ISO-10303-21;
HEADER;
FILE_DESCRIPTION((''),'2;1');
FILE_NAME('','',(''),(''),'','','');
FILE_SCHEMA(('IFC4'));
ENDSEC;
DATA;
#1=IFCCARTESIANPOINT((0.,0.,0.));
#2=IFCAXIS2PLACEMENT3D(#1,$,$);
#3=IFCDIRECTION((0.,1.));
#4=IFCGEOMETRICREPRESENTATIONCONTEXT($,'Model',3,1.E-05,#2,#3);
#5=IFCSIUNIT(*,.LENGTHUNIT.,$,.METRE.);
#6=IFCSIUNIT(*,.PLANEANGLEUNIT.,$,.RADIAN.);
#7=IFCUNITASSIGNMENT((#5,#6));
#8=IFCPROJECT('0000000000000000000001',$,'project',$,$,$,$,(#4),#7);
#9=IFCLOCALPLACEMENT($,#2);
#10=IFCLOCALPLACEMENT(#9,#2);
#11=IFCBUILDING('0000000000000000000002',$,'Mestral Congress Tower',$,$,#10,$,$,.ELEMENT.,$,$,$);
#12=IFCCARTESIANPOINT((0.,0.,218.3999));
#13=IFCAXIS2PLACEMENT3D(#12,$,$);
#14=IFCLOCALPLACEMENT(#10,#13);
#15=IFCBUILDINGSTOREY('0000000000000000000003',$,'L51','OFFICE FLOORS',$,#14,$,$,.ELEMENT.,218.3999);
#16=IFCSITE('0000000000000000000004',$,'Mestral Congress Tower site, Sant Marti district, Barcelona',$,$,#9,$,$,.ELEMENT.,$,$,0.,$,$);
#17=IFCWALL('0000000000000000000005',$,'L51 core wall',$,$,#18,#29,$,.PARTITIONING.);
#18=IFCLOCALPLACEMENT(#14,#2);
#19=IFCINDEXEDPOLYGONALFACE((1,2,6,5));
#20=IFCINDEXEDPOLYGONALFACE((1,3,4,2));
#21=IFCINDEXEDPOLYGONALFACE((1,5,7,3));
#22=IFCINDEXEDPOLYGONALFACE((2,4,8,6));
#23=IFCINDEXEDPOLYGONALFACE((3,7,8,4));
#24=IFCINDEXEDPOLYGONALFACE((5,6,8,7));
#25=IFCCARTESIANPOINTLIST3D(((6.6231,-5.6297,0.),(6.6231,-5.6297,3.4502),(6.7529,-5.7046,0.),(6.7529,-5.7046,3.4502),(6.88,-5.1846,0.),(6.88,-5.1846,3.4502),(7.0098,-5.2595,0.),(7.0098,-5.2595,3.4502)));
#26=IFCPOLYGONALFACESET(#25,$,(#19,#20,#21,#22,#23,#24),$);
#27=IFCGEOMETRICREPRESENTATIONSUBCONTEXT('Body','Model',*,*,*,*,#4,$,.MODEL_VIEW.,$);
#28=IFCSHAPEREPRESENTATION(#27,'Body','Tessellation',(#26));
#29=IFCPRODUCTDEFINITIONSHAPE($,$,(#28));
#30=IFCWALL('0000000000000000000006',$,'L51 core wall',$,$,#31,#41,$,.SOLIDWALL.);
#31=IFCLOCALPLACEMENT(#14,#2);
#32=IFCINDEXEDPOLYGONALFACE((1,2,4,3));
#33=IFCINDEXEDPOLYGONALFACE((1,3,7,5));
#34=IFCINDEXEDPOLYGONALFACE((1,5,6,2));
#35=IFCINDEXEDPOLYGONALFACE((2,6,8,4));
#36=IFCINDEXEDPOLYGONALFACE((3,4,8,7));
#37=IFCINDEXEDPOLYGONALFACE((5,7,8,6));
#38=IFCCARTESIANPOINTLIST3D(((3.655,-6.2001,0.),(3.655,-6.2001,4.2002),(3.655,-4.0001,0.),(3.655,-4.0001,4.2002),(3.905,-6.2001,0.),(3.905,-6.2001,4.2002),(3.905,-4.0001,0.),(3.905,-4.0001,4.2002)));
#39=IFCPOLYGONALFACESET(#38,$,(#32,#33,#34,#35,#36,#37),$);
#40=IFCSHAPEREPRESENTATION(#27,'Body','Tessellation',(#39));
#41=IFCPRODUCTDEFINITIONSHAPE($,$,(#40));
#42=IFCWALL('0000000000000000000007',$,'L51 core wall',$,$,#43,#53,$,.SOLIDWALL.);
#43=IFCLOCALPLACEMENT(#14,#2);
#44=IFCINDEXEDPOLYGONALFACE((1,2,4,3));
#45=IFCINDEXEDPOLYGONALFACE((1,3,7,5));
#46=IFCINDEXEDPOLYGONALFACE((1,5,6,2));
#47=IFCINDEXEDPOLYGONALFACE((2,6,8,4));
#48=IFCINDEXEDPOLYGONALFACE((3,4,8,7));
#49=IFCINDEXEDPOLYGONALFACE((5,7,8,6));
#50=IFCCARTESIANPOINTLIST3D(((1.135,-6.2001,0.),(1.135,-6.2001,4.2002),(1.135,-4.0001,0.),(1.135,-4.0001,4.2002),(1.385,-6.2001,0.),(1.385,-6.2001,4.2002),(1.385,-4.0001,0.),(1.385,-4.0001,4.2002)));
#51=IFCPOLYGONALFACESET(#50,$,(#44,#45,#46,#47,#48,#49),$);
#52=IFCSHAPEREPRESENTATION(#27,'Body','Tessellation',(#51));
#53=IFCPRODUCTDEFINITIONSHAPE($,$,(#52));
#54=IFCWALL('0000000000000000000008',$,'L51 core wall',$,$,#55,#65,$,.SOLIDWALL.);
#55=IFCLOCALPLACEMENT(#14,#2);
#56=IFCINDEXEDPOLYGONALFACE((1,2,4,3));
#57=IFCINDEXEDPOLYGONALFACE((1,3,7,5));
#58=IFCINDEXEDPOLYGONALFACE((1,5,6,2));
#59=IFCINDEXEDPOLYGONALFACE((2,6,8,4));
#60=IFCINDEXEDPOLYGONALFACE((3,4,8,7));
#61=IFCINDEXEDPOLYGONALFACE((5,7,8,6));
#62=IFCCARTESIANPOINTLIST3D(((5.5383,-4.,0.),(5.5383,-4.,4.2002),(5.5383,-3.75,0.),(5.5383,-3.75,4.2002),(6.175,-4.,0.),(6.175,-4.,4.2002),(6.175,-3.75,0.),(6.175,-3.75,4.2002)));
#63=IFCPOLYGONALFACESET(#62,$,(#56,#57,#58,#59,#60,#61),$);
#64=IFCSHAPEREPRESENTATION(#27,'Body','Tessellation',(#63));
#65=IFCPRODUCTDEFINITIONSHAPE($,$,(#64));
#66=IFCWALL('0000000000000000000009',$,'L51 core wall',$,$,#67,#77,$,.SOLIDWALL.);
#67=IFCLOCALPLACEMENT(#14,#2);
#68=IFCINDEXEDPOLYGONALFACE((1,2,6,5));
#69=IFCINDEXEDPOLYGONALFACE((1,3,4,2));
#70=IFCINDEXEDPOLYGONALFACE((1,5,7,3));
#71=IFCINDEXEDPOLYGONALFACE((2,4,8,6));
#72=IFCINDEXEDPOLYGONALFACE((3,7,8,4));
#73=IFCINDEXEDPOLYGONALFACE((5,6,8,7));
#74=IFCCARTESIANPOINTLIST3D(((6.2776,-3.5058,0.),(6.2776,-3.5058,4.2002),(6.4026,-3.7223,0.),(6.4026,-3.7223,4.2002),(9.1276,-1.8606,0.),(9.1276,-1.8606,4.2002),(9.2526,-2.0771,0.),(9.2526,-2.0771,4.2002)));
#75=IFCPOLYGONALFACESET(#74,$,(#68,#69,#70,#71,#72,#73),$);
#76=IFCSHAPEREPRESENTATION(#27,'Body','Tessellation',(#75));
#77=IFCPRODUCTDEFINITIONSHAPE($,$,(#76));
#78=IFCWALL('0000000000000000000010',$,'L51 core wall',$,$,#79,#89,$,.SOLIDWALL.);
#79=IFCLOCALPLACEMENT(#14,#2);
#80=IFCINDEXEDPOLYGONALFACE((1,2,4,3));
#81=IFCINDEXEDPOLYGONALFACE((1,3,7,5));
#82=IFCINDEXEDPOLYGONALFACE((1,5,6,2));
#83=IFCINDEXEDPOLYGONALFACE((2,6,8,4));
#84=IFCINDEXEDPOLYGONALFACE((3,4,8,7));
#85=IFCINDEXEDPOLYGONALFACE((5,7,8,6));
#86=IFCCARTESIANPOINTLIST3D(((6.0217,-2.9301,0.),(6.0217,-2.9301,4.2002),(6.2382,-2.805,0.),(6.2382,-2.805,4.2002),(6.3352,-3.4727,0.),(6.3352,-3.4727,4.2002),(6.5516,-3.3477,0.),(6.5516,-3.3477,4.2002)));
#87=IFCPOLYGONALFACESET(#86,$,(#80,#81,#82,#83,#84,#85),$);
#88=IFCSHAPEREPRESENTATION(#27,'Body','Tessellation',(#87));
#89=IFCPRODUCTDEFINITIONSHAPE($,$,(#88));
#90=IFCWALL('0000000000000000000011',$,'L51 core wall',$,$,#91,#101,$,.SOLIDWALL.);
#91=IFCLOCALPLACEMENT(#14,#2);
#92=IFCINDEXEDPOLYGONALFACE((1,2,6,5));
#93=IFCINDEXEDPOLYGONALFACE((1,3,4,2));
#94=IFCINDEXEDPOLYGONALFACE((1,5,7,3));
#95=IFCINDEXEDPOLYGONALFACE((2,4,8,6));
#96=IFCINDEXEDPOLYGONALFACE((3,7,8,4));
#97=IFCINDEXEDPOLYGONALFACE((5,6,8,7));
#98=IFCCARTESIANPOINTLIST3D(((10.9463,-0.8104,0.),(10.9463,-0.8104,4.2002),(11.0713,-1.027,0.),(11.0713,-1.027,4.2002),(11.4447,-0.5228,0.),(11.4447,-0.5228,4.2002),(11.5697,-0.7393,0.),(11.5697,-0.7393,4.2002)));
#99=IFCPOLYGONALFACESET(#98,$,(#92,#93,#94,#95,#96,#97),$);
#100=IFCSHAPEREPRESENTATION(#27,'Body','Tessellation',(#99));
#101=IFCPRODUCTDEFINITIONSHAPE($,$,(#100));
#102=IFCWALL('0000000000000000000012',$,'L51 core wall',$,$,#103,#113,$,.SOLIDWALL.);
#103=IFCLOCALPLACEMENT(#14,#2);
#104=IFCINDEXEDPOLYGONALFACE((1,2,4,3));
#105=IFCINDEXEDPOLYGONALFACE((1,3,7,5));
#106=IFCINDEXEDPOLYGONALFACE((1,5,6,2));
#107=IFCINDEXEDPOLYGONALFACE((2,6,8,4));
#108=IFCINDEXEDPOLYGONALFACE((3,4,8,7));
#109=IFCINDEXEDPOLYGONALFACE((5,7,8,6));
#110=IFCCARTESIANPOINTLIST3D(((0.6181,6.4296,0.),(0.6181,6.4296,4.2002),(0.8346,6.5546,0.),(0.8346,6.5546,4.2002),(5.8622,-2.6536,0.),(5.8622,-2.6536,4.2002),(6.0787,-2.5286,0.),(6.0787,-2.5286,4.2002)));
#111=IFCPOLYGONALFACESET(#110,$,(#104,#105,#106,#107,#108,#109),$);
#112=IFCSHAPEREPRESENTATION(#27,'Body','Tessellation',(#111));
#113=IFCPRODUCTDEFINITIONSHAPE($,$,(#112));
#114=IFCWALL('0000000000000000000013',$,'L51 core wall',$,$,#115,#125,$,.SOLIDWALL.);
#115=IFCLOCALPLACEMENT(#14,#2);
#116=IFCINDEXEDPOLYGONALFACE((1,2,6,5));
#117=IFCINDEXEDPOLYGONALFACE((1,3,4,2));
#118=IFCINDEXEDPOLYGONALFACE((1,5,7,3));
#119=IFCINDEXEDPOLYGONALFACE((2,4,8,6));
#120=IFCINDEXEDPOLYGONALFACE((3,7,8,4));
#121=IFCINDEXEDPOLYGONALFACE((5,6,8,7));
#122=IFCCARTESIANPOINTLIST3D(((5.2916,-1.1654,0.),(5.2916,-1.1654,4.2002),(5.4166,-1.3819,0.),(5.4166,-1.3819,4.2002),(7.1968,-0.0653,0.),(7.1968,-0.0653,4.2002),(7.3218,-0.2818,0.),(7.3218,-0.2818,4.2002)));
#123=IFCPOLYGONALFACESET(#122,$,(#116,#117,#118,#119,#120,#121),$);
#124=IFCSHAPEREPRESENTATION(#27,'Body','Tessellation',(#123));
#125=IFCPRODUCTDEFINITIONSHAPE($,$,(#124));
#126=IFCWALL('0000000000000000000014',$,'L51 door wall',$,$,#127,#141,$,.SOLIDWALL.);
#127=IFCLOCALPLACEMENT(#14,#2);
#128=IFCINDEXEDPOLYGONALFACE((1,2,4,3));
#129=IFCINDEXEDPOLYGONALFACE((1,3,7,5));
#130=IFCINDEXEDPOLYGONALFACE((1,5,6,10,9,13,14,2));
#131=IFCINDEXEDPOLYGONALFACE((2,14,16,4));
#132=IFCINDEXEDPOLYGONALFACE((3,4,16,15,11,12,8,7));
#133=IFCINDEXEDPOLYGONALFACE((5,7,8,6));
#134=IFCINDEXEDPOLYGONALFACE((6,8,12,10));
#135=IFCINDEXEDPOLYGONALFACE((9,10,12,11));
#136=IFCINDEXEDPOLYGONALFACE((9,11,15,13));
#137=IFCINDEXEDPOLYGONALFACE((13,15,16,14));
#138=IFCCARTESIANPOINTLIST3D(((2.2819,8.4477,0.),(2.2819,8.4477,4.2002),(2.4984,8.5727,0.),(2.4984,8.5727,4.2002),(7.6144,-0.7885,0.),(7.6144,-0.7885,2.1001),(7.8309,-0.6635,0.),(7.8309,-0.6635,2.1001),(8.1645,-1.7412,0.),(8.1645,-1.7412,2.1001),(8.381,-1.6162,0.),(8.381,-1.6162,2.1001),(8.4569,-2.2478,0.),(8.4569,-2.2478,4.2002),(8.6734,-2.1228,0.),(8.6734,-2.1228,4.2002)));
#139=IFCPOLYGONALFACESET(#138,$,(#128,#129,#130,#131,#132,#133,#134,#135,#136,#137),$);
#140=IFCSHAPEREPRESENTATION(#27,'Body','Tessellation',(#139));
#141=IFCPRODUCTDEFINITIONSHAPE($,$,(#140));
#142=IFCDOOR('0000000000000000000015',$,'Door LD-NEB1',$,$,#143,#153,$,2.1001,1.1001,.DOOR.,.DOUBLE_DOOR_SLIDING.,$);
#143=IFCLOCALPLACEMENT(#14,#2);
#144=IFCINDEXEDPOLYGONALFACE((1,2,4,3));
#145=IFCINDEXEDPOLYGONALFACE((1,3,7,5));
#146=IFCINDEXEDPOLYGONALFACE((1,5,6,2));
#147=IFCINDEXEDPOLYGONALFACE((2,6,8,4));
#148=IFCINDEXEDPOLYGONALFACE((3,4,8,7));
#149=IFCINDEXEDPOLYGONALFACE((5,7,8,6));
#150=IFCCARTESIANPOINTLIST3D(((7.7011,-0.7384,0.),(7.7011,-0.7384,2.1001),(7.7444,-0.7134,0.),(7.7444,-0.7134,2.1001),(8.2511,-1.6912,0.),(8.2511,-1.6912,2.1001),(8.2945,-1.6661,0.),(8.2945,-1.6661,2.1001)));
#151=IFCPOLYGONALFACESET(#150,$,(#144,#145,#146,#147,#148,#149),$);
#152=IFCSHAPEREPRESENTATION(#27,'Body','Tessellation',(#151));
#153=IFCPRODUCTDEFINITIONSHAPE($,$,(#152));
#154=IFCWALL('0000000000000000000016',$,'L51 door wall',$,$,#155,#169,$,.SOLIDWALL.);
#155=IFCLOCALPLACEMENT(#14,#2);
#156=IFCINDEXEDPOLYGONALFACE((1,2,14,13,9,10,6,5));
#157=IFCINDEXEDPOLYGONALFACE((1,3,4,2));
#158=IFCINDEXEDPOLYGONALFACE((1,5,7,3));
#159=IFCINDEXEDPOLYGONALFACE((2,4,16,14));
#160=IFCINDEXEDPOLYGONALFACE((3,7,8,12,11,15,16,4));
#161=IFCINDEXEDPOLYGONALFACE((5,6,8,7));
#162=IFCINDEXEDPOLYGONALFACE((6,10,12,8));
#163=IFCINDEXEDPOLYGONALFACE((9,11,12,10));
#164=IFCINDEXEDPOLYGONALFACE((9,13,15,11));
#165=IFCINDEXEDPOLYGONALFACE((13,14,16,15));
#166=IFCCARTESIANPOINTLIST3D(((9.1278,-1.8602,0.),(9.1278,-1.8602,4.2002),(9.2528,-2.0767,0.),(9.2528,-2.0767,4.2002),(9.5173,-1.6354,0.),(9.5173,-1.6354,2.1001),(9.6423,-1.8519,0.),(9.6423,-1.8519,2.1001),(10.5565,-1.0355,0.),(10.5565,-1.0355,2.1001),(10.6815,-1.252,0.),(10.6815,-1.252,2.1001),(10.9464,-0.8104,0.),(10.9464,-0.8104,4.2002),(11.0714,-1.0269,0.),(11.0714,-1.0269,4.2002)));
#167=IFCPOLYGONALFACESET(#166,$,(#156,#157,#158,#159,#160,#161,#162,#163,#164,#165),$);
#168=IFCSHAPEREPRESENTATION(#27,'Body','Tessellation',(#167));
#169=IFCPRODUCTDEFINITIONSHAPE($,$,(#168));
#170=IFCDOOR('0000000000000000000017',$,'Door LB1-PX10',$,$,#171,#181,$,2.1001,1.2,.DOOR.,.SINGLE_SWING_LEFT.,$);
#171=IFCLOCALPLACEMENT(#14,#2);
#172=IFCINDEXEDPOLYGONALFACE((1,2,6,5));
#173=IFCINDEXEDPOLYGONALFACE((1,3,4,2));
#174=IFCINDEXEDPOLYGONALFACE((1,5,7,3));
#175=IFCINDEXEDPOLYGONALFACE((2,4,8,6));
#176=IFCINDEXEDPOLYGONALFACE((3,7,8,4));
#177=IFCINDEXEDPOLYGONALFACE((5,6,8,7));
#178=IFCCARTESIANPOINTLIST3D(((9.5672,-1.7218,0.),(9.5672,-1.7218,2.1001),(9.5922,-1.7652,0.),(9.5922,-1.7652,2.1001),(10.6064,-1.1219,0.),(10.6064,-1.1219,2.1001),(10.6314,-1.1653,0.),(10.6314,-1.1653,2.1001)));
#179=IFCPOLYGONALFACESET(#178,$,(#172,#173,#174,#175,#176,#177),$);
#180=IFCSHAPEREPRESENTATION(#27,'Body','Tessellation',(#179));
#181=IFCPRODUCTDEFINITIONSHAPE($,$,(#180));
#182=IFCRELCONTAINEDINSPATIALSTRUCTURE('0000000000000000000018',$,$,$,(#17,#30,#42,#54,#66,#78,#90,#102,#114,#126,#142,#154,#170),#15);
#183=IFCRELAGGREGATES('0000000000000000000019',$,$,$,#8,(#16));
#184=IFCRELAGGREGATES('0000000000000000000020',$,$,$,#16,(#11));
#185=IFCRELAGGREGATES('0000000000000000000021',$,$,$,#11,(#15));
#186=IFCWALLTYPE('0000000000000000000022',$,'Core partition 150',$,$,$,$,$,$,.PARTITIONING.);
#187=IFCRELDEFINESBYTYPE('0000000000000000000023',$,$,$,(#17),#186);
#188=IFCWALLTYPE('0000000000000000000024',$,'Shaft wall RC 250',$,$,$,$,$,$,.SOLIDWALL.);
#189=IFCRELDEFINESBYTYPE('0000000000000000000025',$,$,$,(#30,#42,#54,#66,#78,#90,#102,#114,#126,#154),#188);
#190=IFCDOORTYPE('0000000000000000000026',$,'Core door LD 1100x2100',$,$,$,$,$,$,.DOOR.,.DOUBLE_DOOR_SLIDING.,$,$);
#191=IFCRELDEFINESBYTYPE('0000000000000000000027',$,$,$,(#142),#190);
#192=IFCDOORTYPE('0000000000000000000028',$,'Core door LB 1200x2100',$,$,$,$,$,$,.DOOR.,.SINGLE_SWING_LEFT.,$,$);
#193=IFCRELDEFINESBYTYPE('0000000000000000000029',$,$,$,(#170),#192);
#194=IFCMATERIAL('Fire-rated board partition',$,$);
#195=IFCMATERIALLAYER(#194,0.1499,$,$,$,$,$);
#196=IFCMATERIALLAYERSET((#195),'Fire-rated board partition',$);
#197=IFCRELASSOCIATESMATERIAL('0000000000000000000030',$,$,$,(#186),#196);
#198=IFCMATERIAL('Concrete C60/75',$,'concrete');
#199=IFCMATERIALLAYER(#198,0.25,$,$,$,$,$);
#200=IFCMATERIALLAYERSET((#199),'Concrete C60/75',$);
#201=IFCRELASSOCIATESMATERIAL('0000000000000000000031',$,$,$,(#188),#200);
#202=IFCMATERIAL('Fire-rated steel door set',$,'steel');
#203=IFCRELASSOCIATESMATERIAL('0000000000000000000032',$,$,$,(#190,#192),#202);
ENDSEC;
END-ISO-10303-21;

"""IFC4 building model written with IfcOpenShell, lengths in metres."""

from ifc_helpers import new_model, si_unit, direction, frame, frame_2d, origin, place, context, subcontext, project, spatial, rectangle, extrude, material, layer, layer_set, type_object, element, fill, save


model = new_model("IFC4")

# Units and contexts
model_context = context("Model", 3, precision=1e-05, world=origin(), true_north=direction((0.0, 1.0)))
body_context = subcontext(model_context, "Body", "Model", "MODEL_VIEW")
ifc_project = project(units=[si_unit("LENGTHUNIT", "METRE"), si_unit("PLANEANGLEUNIT", "RADIAN")], contexts=[model_context])

# Site, building, storey
site_placement = place(None, origin())
site = spatial("IfcSite", under=ifc_project, at=site_placement, Name="Mestral Congress Tower site, Sant Marti district, Barcelona", CompositionType="ELEMENT", RefElevation=0.0)
building_placement = place(site_placement, origin())
building = spatial("IfcBuilding", under=site, at=building_placement, Name="Mestral Congress Tower", CompositionType="ELEMENT")
storey_placement = place(building_placement, frame((0.0, 0.0, 218.3999)))
storey = spatial("IfcBuildingStorey", under=building, at=storey_placement, Name="L51", Description="OFFICE FLOORS", CompositionType="ELEMENT", Elevation=218.3999)

# Walls
ifc_material_1 = material(Name="Fire-rated board partition")
ifc_layer_1 = layer(ifc_material_1, 0.1499)
ifc_layer_set_1 = layer_set([ifc_layer_1], Name="Fire-rated board partition")
wall_type_1 = type_object("IfcWallType", Name="Core partition 150", PredefinedType="PARTITIONING", material=ifc_layer_set_1)
wall_1_placement = place(storey_placement, frame((6.9448, -5.2222, 0.0), z_axis=(0.0, 0.0, 1.0), x_axis=(-0.499818, -0.86613, 0.0)))
element("IfcWall", 1, at=wall_1_placement, inside=storey, type_object=wall_type_1, Name="L51 core wall", PredefinedType="PARTITIONING", context=body_context, shape_type="SweptSolid", body=[
    extrude(rectangle(XDim=0.5139, YDim=0.1499, at=frame_2d((0.2568, 0.0))), origin(), (0.0, 0.0, 1.0), 3.4502),
])
ifc_material_2 = material(Name="Concrete C60/75", Category="concrete")
ifc_layer_2 = layer(ifc_material_2, 0.25)
ifc_layer_set_2 = layer_set([ifc_layer_2], Name="Concrete C60/75")
wall_type_2 = type_object("IfcWallType", Name="Shaft wall RC 250", PredefinedType="SOLIDWALL", material=ifc_layer_set_2)
for number, where, z_axis, x_axis, name in (
    (2, (3.78, -4.0, 0.0), (0.0, 0.0, 1.0), (0.0, -1.0, 0.0), "L51 core wall"),
    (3, (1.26, -4.0, 0.0), (0.0, 0.0, 1.0), (0.0, -1.0, 0.0), "L51 core wall"),
):
    element("IfcWall", number, at=place(storey_placement, frame(where, z_axis=z_axis, x_axis=x_axis)), inside=storey, type_object=wall_type_2, Name=name, PredefinedType="SOLIDWALL", context=body_context, shape_type="SweptSolid", body=[
        extrude(rectangle(XDim=2.2, YDim=0.25, at=frame_2d((1.1001, 0.0))), origin(), (0.0, 0.0, 1.0), 4.2002),
    ])
wall_2_placement = place(storey_placement, frame((5.5383, -3.875, 0.0), z_axis=(0.0, 0.0, 1.0), x_axis=(1.0, 0.0, 0.0)))
element("IfcWall", 4, at=wall_2_placement, inside=storey, type_object=wall_type_2, Name="L51 core wall", PredefinedType="SOLIDWALL", context=body_context, shape_type="SweptSolid", body=[
    extrude(rectangle(XDim=0.6367, YDim=0.25, at=frame_2d((0.3184, 0.0))), origin(), (0.0, 0.0, 1.0), 4.2002),
])
wall_3_placement = place(storey_placement, frame((9.1902, -1.9688, 0.0), z_axis=(0.0, 0.0, 1.0), x_axis=(-0.866057, -0.499945, 0.0)))
element("IfcWall", 5, at=wall_3_placement, inside=storey, type_object=wall_type_2, Name="L51 core wall", PredefinedType="SOLIDWALL", context=body_context, shape_type="SweptSolid", body=[
    extrude(rectangle(XDim=3.2908, YDim=0.25, at=frame_2d((1.6455, 0.0))), origin(), (0.0, 0.0, 1.0), 4.2002),
])
wall_4_placement = place(storey_placement, frame((6.1299, -2.8674, 0.0), z_axis=(0.0, 0.0, 1.0), x_axis=(0.500161, -0.865933, 0.0)))
element("IfcWall", 6, at=wall_4_placement, inside=storey, type_object=wall_type_2, Name="L51 core wall", PredefinedType="SOLIDWALL", context=body_context, shape_type="SweptSolid", body=[
    extrude(rectangle(XDim=0.6267, YDim=0.25, at=frame_2d((0.3135, 0.0))), origin(), (0.0, 0.0, 1.0), 4.2002),
])
wall_5_placement = place(storey_placement, frame((11.5071, -0.6311, 0.0), z_axis=(0.0, 0.0, 1.0), x_axis=(-0.866094, -0.499882, 0.0)))
element("IfcWall", 7, at=wall_5_placement, inside=storey, type_object=wall_type_2, Name="L51 core wall", PredefinedType="SOLIDWALL", context=body_context, shape_type="SweptSolid", body=[
    extrude(rectangle(XDim=0.5754, YDim=0.25, at=frame_2d((0.2876, 0.0))), origin(), (0.0, 0.0, 1.0), 4.2002),
])
wall_6_placement = place(storey_placement, frame((5.9705, -2.5911, 0.0), z_axis=(0.0, 0.0, 1.0), x_axis=(-0.499994, 0.866029, 0.0)))
element("IfcWall", 8, at=wall_6_placement, inside=storey, type_object=wall_type_2, Name="L51 core wall", PredefinedType="SOLIDWALL", context=body_context, shape_type="SweptSolid", body=[
    extrude(rectangle(XDim=10.4883, YDim=0.25, at=frame_2d((5.2441, 0.0))), origin(), (0.0, 0.0, 1.0), 4.2002),
])
wall_7_placement = place(storey_placement, frame((5.354, -1.2737, 0.0), z_axis=(0.0, 0.0, 1.0), x_axis=(0.866008, 0.50003, 0.0)))
element("IfcWall", 9, at=wall_7_placement, inside=storey, type_object=wall_type_2, Name="L51 core wall", PredefinedType="SOLIDWALL", context=body_context, shape_type="SweptSolid", body=[
    extrude(rectangle(XDim=2.2, YDim=0.25, at=frame_2d((1.1001, 0.0))), origin(), (0.0, 0.0, 1.0), 4.2002),
])

# Walls, openings, doors
wall_8_placement = place(storey_placement, frame((8.5652, -2.1853, 0.0), z_axis=(0.0, 0.0, 1.0), x_axis=(-0.499998, 0.866027, 0.0)))
wall_8 = element("IfcWall", 10, at=wall_8_placement, inside=storey, type_object=wall_type_2, Name="L51 door wall", PredefinedType="SOLIDWALL", context=body_context, shape_type="SweptSolid", body=[
    extrude(rectangle(XDim=12.3501, YDim=0.25, at=frame_2d((6.175, 0.0))), origin(), (0.0, 0.0, 1.0), 4.2002),
])
opening_1_placement = place(wall_8_placement, frame((0.585, 0.0, 0.0)))
opening_1 = element("IfcOpeningElement", 11, at=opening_1_placement, cuts=wall_8, PredefinedType="OPENING", context=body_context, shape_type="SweptSolid", body=[
    extrude(rectangle(XDim=1.1001, YDim=2.1001, at=frame_2d((0.55, 1.05))), frame((0.0, 0.135, 0.0), z_axis=(0.0, -1.0, 0.0), x_axis=(1.0, 0.0, 0.0)), (0.0, 0.0, 1.0), 0.27),
])
ifc_material_3 = material(Name="Fire-rated steel door set", Category="steel")
door_type_1 = type_object("IfcDoorType", Name="Core door LD 1100x2100", OperationType="DOUBLE_DOOR_SLIDING", PredefinedType="DOOR", material=ifc_material_3)
door_1_placement = place(opening_1_placement, origin())
door_1 = element("IfcDoor", 12, at=door_1_placement, inside=storey, type_object=door_type_1, Name="Door LD-NEB1", OperationType="DOUBLE_DOOR_SLIDING", OverallHeight=2.1001, OverallWidth=1.1001, PredefinedType="DOOR", context=body_context, shape_type="SweptSolid", body=[
    extrude(rectangle(XDim=1.1001, YDim=2.1001, at=frame_2d((0.55, 1.05))), frame((0.0, 0.0249, 0.0), z_axis=(0.0, -1.0, 0.0), x_axis=(1.0, 0.0, 0.0)), (0.0, 0.0, 1.0), 0.05),
])
fill(opening_1, door_1)
wall_9_placement = place(storey_placement, frame((11.0088, -0.9187, 0.0), z_axis=(0.0, 0.0, 1.0), x_axis=(-0.86606, -0.499941, 0.0)))
wall_9 = element("IfcWall", 13, at=wall_9_placement, inside=storey, type_object=wall_type_2, Name="L51 door wall", PredefinedType="SOLIDWALL", context=body_context, shape_type="SweptSolid", body=[
    extrude(rectangle(XDim=2.0999, YDim=0.25, at=frame_2d((1.0498, 0.0))), origin(), (0.0, 0.0, 1.0), 4.2002),
])
opening_2_placement = place(wall_9_placement, frame((0.45, 0.0, 0.0)))
opening_2 = element("IfcOpeningElement", 14, at=opening_2_placement, cuts=wall_9, PredefinedType="OPENING", context=body_context, shape_type="SweptSolid", body=[
    extrude(rectangle(XDim=1.2, YDim=2.1001, at=frame_2d((0.6001, 1.05))), frame((0.0, 0.135, 0.0), z_axis=(0.0, -1.0, 0.0), x_axis=(1.0, 0.0, 0.0)), (0.0, 0.0, 1.0), 0.27),
])
door_type_2 = type_object("IfcDoorType", Name="Core door LB 1200x2100", OperationType="SINGLE_SWING_LEFT", PredefinedType="DOOR", material=ifc_material_3)
door_2_placement = place(opening_2_placement, origin())
door_2 = element("IfcDoor", 15, at=door_2_placement, inside=storey, type_object=door_type_2, Name="Door LB1-PX10", OperationType="SINGLE_SWING_LEFT", OverallHeight=2.1001, OverallWidth=1.2, PredefinedType="DOOR", context=body_context, shape_type="SweptSolid", body=[
    extrude(rectangle(XDim=1.2, YDim=2.1001, at=frame_2d((0.6001, 1.05))), frame((0.0, 0.0249, 0.0), z_axis=(0.0, -1.0, 0.0), x_axis=(1.0, 0.0, 0.0)), (0.0, 0.0, 1.0), 0.05),
])
fill(opening_2, door_2)

save(model, "model.ifc")
